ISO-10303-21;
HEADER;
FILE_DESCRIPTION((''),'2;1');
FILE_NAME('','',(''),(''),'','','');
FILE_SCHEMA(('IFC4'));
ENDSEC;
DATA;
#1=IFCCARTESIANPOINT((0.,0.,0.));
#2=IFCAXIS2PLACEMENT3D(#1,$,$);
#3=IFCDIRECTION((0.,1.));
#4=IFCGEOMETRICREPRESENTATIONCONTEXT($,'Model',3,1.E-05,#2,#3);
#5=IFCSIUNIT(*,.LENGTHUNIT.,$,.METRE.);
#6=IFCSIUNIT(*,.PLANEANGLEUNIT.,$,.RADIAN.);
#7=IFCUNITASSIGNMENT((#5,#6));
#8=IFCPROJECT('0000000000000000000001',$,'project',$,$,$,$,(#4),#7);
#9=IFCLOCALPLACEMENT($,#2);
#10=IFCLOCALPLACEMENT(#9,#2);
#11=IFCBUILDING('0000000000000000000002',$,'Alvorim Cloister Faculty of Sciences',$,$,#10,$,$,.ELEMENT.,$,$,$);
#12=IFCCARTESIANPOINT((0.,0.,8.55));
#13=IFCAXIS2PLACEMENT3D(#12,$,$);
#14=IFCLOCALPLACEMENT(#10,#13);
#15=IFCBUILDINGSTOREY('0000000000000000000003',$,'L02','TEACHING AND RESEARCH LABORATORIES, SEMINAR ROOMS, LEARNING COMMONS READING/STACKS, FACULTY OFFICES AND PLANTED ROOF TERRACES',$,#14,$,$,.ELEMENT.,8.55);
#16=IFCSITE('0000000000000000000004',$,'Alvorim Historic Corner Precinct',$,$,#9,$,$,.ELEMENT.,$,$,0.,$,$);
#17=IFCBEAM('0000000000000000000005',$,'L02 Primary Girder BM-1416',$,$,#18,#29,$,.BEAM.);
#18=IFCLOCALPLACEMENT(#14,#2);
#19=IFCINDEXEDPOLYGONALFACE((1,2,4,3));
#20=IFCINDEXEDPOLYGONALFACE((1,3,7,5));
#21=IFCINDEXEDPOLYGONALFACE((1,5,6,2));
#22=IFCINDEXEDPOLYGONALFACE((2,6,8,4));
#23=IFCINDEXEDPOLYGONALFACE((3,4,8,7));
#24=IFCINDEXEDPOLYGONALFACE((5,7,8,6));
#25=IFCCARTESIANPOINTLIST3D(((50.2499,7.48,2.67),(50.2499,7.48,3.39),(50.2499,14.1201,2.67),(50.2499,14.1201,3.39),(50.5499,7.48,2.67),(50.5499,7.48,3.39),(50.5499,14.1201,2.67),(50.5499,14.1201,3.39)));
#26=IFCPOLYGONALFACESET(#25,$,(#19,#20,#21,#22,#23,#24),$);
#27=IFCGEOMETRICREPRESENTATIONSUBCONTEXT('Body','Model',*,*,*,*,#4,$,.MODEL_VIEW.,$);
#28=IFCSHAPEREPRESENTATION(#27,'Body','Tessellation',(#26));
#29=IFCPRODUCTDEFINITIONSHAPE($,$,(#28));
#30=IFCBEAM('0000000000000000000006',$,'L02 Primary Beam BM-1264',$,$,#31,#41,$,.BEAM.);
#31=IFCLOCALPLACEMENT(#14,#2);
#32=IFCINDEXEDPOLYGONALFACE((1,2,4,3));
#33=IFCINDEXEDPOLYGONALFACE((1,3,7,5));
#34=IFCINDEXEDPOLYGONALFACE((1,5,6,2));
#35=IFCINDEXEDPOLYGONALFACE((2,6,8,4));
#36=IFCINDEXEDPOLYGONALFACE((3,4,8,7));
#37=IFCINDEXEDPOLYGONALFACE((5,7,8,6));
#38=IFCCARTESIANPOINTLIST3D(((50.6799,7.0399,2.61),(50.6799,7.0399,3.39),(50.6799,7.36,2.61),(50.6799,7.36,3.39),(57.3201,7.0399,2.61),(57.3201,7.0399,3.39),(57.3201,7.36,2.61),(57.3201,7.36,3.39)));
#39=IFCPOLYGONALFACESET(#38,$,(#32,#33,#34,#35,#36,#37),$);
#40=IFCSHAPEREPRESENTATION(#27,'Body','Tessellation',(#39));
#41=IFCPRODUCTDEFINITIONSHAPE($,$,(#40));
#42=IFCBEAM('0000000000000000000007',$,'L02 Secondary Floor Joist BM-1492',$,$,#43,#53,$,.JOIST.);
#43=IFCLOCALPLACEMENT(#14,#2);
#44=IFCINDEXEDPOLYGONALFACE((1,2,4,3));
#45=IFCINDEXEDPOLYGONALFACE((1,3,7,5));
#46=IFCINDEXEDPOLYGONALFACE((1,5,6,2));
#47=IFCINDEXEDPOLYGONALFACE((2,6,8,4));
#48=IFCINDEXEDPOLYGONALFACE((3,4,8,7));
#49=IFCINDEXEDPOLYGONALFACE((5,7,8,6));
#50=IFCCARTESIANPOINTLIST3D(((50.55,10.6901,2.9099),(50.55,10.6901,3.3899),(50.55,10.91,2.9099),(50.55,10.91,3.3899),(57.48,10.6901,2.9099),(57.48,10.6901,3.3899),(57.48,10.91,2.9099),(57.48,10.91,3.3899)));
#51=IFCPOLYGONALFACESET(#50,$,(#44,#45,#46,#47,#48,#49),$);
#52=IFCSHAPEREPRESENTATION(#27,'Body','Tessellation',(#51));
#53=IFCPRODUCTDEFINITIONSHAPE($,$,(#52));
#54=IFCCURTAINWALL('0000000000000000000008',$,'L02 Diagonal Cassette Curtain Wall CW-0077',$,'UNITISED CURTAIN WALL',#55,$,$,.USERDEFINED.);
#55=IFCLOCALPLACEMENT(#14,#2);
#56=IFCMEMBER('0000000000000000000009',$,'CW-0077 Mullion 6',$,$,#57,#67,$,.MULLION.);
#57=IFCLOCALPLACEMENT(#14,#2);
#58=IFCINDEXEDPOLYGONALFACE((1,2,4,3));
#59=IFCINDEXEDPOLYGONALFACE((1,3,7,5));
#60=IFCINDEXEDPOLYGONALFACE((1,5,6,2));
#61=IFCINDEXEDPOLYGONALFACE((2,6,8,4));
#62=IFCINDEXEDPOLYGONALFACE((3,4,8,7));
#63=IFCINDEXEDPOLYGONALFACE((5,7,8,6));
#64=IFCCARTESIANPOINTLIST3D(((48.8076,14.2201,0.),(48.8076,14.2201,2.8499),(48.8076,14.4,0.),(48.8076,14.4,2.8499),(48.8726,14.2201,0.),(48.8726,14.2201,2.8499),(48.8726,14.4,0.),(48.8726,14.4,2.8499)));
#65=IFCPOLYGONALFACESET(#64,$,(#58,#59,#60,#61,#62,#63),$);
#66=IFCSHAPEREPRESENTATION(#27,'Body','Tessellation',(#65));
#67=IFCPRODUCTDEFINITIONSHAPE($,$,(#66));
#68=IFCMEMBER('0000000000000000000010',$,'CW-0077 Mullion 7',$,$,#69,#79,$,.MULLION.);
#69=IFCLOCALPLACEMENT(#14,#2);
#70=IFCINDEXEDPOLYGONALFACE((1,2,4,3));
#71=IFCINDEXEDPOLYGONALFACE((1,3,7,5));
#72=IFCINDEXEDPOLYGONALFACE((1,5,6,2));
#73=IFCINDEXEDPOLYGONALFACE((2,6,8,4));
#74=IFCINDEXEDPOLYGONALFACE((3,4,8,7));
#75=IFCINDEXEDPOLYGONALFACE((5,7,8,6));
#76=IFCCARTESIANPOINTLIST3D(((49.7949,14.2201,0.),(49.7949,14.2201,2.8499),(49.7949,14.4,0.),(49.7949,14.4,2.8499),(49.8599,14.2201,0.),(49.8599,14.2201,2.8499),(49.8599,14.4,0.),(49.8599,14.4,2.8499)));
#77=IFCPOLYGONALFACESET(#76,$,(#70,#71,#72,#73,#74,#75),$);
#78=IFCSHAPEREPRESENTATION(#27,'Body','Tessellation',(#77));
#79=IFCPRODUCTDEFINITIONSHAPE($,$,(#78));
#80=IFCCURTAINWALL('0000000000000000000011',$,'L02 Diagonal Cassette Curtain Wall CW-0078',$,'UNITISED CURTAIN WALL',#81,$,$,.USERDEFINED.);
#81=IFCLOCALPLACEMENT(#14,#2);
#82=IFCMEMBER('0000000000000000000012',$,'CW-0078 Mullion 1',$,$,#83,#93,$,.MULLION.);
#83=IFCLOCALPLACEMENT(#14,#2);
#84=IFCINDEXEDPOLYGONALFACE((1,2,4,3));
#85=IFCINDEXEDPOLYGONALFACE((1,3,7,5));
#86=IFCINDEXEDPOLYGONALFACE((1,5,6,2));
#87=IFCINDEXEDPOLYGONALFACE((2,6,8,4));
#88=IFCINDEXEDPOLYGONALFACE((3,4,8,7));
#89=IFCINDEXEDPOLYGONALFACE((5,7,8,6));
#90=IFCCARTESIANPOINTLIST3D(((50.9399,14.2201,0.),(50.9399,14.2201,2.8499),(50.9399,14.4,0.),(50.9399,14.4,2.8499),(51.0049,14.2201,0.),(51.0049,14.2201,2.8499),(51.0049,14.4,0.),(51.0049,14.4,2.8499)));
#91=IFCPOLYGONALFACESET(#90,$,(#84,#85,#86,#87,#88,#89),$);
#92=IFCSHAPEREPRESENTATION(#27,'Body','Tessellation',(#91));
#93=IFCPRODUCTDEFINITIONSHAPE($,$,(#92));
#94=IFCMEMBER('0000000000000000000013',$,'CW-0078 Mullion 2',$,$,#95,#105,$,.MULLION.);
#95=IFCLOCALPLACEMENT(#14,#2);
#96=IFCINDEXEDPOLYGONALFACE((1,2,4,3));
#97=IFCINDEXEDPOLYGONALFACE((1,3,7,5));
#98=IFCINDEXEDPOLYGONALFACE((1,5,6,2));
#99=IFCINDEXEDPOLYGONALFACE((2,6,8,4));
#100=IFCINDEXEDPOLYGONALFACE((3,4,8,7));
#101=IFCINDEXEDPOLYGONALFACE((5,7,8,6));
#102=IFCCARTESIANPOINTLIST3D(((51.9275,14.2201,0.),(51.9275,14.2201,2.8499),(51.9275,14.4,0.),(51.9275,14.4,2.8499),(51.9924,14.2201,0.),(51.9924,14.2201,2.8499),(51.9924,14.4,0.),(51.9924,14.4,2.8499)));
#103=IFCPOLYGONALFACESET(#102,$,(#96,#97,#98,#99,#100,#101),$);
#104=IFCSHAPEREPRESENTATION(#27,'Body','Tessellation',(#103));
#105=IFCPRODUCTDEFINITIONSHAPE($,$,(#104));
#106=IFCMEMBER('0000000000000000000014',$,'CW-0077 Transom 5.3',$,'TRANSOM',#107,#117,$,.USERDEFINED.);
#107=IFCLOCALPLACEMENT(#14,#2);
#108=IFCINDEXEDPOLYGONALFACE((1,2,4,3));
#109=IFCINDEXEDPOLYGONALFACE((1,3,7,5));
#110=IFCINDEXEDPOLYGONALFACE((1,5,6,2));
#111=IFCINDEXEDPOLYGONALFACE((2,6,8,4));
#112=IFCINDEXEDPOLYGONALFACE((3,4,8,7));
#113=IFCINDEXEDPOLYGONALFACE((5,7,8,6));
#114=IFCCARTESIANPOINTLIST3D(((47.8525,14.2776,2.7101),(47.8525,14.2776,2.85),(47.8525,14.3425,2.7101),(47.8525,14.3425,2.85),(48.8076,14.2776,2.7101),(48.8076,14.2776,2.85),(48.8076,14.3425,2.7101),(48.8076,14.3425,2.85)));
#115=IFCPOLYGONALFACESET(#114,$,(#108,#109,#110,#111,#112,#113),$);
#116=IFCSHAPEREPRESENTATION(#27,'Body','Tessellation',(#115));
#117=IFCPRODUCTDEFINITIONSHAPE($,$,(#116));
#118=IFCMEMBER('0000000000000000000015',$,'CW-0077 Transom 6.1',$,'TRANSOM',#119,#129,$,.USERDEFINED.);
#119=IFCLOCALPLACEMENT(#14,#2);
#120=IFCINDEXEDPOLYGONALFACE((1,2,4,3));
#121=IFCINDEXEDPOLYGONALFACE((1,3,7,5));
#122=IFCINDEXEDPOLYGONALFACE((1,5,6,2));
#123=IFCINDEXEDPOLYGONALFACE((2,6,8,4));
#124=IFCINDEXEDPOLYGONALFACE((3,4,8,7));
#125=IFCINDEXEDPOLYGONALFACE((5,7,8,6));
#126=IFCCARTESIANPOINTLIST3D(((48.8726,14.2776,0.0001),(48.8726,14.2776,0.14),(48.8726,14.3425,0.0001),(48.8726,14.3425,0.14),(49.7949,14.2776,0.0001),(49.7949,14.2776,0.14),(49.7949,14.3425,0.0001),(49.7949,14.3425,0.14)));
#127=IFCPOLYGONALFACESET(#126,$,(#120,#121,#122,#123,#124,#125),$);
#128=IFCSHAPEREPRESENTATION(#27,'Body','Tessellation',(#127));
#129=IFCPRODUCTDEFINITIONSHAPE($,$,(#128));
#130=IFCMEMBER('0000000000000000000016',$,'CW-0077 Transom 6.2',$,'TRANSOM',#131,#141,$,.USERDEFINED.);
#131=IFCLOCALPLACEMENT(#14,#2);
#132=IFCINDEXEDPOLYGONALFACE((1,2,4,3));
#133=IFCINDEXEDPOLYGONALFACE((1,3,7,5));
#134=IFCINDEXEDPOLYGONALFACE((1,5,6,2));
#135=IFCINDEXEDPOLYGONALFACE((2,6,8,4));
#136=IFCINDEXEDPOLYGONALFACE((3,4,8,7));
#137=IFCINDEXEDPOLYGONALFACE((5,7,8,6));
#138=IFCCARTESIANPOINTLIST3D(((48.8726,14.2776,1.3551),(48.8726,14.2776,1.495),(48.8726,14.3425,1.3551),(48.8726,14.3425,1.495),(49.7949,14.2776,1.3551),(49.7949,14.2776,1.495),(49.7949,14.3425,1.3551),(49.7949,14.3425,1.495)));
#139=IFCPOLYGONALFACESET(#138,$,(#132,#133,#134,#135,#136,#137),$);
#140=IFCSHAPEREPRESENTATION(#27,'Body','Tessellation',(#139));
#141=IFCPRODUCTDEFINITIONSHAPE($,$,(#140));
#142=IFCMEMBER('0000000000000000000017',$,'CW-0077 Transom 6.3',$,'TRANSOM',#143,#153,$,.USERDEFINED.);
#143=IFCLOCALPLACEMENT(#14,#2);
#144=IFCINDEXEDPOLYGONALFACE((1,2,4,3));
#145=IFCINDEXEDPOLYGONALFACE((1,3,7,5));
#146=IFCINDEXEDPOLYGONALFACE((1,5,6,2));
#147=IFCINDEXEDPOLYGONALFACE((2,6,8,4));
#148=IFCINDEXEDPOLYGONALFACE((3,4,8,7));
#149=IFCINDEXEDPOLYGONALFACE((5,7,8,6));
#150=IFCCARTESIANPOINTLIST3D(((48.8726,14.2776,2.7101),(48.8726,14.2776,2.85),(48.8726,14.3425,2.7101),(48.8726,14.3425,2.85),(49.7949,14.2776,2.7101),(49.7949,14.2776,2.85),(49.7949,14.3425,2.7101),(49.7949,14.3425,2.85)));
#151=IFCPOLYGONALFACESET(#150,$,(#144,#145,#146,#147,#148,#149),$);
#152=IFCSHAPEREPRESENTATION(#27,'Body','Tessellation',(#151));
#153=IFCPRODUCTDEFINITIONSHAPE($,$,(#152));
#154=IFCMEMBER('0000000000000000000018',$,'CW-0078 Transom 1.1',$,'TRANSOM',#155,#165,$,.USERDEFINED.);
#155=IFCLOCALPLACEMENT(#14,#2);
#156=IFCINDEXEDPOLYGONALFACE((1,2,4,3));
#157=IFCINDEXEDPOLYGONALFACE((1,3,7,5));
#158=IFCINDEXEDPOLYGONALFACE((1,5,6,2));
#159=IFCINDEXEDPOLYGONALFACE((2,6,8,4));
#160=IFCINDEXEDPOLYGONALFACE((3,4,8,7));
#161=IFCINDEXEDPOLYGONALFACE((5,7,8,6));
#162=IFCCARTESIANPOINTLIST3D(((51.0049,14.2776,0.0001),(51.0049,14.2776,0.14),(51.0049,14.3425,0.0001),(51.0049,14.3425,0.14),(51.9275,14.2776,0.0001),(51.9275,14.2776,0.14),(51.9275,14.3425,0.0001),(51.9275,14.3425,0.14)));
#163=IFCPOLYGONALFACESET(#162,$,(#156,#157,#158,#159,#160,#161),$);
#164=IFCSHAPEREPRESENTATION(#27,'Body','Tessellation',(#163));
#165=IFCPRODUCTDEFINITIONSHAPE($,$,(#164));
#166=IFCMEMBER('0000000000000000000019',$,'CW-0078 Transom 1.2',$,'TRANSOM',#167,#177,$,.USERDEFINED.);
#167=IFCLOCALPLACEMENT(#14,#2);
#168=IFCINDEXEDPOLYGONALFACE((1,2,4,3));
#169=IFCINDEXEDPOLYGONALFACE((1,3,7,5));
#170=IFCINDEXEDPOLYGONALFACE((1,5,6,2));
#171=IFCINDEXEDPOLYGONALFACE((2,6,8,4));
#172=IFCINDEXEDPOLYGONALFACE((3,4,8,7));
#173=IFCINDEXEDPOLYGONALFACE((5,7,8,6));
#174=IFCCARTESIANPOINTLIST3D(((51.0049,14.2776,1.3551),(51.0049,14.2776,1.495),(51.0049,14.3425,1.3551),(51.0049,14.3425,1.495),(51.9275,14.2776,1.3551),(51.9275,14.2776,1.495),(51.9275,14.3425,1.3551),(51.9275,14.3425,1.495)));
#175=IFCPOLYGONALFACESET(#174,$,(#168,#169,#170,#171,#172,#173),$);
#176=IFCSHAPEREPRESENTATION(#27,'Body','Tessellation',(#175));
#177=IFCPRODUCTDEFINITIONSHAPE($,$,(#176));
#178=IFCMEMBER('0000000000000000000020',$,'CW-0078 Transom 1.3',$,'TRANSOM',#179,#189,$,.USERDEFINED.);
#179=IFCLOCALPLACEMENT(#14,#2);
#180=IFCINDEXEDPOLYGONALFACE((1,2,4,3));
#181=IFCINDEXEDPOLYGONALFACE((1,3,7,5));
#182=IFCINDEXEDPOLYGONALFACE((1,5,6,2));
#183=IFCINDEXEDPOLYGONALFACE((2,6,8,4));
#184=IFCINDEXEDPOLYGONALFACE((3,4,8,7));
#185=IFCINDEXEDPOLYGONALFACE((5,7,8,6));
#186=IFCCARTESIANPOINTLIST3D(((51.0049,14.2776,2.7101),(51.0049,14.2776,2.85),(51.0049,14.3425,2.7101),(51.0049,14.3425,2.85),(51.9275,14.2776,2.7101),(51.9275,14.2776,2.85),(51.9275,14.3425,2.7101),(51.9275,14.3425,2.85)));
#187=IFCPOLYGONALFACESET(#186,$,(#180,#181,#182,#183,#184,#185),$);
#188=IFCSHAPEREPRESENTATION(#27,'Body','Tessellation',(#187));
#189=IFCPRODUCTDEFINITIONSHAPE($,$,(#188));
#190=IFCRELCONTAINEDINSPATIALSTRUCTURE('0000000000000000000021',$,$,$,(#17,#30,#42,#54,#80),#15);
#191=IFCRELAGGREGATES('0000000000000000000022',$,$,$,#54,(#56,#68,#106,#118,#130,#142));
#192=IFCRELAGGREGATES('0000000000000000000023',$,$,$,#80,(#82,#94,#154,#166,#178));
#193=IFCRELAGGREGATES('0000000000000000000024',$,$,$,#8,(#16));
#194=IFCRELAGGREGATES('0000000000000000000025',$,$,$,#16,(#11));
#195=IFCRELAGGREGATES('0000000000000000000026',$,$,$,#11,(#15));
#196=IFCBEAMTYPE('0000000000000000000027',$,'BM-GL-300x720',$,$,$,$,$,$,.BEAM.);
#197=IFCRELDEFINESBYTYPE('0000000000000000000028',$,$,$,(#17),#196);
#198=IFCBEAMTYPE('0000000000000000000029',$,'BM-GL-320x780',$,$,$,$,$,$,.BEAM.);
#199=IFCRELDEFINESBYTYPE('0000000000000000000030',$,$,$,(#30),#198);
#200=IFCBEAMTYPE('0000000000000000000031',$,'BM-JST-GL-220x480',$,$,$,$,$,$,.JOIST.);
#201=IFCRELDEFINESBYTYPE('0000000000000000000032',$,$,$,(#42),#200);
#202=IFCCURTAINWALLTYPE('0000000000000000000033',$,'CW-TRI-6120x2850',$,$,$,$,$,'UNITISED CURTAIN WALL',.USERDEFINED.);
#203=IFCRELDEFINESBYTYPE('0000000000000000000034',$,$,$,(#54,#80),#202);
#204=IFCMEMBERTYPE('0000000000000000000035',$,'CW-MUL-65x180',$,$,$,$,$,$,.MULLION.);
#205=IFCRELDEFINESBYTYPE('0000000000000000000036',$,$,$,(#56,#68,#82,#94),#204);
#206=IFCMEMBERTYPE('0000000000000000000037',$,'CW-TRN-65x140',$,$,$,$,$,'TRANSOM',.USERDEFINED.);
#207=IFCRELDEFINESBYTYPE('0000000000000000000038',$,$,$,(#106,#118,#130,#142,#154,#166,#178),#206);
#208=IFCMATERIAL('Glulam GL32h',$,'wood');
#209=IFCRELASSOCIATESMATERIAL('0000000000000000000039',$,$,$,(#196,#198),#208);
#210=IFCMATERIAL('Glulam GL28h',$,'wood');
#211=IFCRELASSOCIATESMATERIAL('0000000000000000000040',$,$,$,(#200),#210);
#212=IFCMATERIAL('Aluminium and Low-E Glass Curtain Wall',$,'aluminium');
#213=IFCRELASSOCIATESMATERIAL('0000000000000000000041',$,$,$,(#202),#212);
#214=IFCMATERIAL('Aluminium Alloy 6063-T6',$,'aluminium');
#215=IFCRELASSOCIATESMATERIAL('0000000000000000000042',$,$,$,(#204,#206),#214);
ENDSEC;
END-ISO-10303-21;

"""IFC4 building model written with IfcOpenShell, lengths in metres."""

from ifc_helpers import new_model, si_unit, direction, frame, origin, origin_2d, place, context, subcontext, project, spatial, rectangle, extrude, material, material_profile, profile_set, type_object, element, aggregate, save


model = new_model("IFC4")

# Units and contexts
model_context = context("Model", 3, precision=1e-05, world=origin(), true_north=direction((0.0, 1.0)))
body_context = subcontext(model_context, "Body", "Model", "MODEL_VIEW")
ifc_project = project(units=[si_unit("LENGTHUNIT", "METRE"), si_unit("PLANEANGLEUNIT", "RADIAN")], contexts=[model_context])

# Site, building, storey
site_placement = place(None, origin())
site = spatial("IfcSite", under=ifc_project, at=site_placement, Name="Alvorim Historic Corner Precinct", CompositionType="ELEMENT", RefElevation=0.0)
building_placement = place(site_placement, origin())
building = spatial("IfcBuilding", under=site, at=building_placement, Name="Alvorim Cloister Faculty of Sciences", CompositionType="ELEMENT")
storey_placement = place(building_placement, frame((0.0, 0.0, 8.55)))
storey = spatial("IfcBuildingStorey", under=building, at=storey_placement, Name="L02", Description="TEACHING AND RESEARCH LABORATORIES, SEMINAR ROOMS, LEARNING COMMONS READING/STACKS, FACULTY OFFICES AND PLANTED ROOF TERRACES", CompositionType="ELEMENT", Elevation=8.55)

# Beams
ifc_material_1 = material(Name="Glulam GL32h", Category="wood")
ifc_material_profile_1 = material_profile(ifc_material_1, rectangle(XDim=0.3, YDim=0.72, at=origin_2d()), Name="GL32-BM-300x720")
ifc_profile_set_1 = profile_set([ifc_material_profile_1], Name="Glulam GL32h")
beam_type_1 = type_object("IfcBeamType", Name="BM-GL-300x720", PredefinedType="BEAM", material=ifc_profile_set_1)
beam_1_placement = place(storey_placement, frame((50.3999, 7.48, 3.03), z_axis=(0.0, 1.0, 0.0), x_axis=(-1.0, 0.0, 0.0)))
element("IfcBeam", 1, at=beam_1_placement, inside=storey, type_object=beam_type_1, Name="L02 Primary Girder BM-1416", PredefinedType="BEAM", context=body_context, shape_type="SweptSolid", body=[
    extrude(rectangle(XDim=0.3, YDim=0.72, at=origin_2d()), origin(), (0.0, 0.0, 1.0), 6.6401),
])
ifc_material_profile_2 = material_profile(ifc_material_1, rectangle(XDim=0.3201, YDim=0.78, at=origin_2d()), Name="GL32-BM-320x780")
ifc_profile_set_2 = profile_set([ifc_material_profile_2], Name="Glulam GL32h")
beam_type_2 = type_object("IfcBeamType", Name="BM-GL-320x780", PredefinedType="BEAM", material=ifc_profile_set_2)
beam_2_placement = place(storey_placement, frame((50.6799, 7.2, 3.0), z_axis=(1.0, 0.0, 0.0), x_axis=(0.0, 1.0, 0.0)))
element("IfcBeam", 2, at=beam_2_placement, inside=storey, type_object=beam_type_2, Name="L02 Primary Beam BM-1264", PredefinedType="BEAM", context=body_context, shape_type="SweptSolid", body=[
    extrude(rectangle(XDim=0.3201, YDim=0.78, at=origin_2d()), origin(), (0.0, 0.0, 1.0), 6.6401),
])
ifc_material_2 = material(Name="Glulam GL28h", Category="wood")
ifc_material_profile_3 = material_profile(ifc_material_2, rectangle(XDim=0.22, YDim=0.48, at=origin_2d()), Name="GL28-JST-220x480")
ifc_profile_set_3 = profile_set([ifc_material_profile_3], Name="Glulam GL28h")
beam_type_3 = type_object("IfcBeamType", Name="BM-JST-GL-220x480", PredefinedType="JOIST", material=ifc_profile_set_3)
beam_3_placement = place(storey_placement, frame((50.55, 10.8, 3.1499), z_axis=(1.0, 0.0, 0.0), x_axis=(0.0, 1.0, 0.0)))
element("IfcBeam", 3, at=beam_3_placement, inside=storey, type_object=beam_type_3, Name="L02 Secondary Floor Joist BM-1492", PredefinedType="JOIST", context=body_context, shape_type="SweptSolid", body=[
    extrude(rectangle(XDim=0.22, YDim=0.48, at=origin_2d()), origin(), (0.0, 0.0, 1.0), 6.9299),
])

# Curtain walls, members
ifc_material_3 = material(Name="Aluminium and Low-E Glass Curtain Wall", Category="aluminium")
curtain_wall_type = type_object("IfcCurtainWallType", Name="CW-TRI-6120x2850", ElementType="UNITISED CURTAIN WALL", PredefinedType="USERDEFINED", material=ifc_material_3)
curtain_wall_1_placement = place(storey_placement, origin())
curtain_wall_1 = element("IfcCurtainWall", 4, at=curtain_wall_1_placement, inside=storey, type_object=curtain_wall_type, Name="L02 Diagonal Cassette Curtain Wall CW-0077", ObjectType="UNITISED CURTAIN WALL", PredefinedType="USERDEFINED")
ifc_material_4 = material(Name="Aluminium Alloy 6063-T6", Category="aluminium")
ifc_material_profile_4 = material_profile(ifc_material_4, rectangle(XDim=0.0649, YDim=0.1799, at=origin_2d()), Name="ALU-MUL-65x180")
ifc_profile_set_4 = profile_set([ifc_material_profile_4], Name="Aluminium Alloy 6063-T6")
member_type_1 = type_object("IfcMemberType", Name="CW-MUL-65x180", PredefinedType="MULLION", material=ifc_profile_set_4)
member_1_placement = place(storey_placement, frame((48.8401, 14.3101, 0.0), z_axis=(0.0, 0.0, 1.0), x_axis=(1.0, 0.0, 0.0)))
member_1 = element("IfcMember", 5, at=member_1_placement, type_object=member_type_1, Name="CW-0077 Mullion 6", PredefinedType="MULLION", context=body_context, shape_type="SweptSolid", body=[
    extrude(rectangle(XDim=0.0649, YDim=0.1799, at=origin_2d()), origin(), (0.0, 0.0, 1.0), 2.8499),
])
member_2_placement = place(storey_placement, frame((49.8274, 14.3101, 0.0), z_axis=(0.0, 0.0, 1.0), x_axis=(1.0, 0.0, 0.0)))
member_2 = element("IfcMember", 6, at=member_2_placement, type_object=member_type_1, Name="CW-0077 Mullion 7", PredefinedType="MULLION", context=body_context, shape_type="SweptSolid", body=[
    extrude(rectangle(XDim=0.0649, YDim=0.1799, at=origin_2d()), origin(), (0.0, 0.0, 1.0), 2.8499),
])
curtain_wall_2_placement = place(storey_placement, origin())
curtain_wall_2 = element("IfcCurtainWall", 7, at=curtain_wall_2_placement, inside=storey, type_object=curtain_wall_type, Name="L02 Diagonal Cassette Curtain Wall CW-0078", ObjectType="UNITISED CURTAIN WALL", PredefinedType="USERDEFINED")
member_3_placement = place(storey_placement, frame((50.9724, 14.3101, 0.0), z_axis=(0.0, 0.0, 1.0), x_axis=(1.0, 0.0, 0.0)))
member_3 = element("IfcMember", 8, at=member_3_placement, type_object=member_type_1, Name="CW-0078 Mullion 1", PredefinedType="MULLION", context=body_context, shape_type="SweptSolid", body=[
    extrude(rectangle(XDim=0.0649, YDim=0.1799, at=origin_2d()), origin(), (0.0, 0.0, 1.0), 2.8499),
])
member_4_placement = place(storey_placement, frame((51.96, 14.3101, 0.0), z_axis=(0.0, 0.0, 1.0), x_axis=(1.0, 0.0, 0.0)))
member_4 = element("IfcMember", 9, at=member_4_placement, type_object=member_type_1, Name="CW-0078 Mullion 2", PredefinedType="MULLION", context=body_context, shape_type="SweptSolid", body=[
    extrude(rectangle(XDim=0.0649, YDim=0.1799, at=origin_2d()), origin(), (0.0, 0.0, 1.0), 2.8499),
])

# Members
ifc_material_profile_5 = material_profile(ifc_material_4, rectangle(XDim=0.0649, YDim=0.1399, at=origin_2d()), Name="ALU-TRN-65x140")
ifc_profile_set_5 = profile_set([ifc_material_profile_5], Name="Aluminium Alloy 6063-T6")
member_type_2 = type_object("IfcMemberType", Name="CW-TRN-65x140", ElementType="TRANSOM", PredefinedType="USERDEFINED", material=ifc_profile_set_5)
member_5_placement = place(storey_placement, frame((47.8525, 14.3101, 2.78), z_axis=(1.0, 0.0, 0.0), x_axis=(0.0, 1.0, 0.0)))
member_5 = element("IfcMember", 10, at=member_5_placement, type_object=member_type_2, Name="CW-0077 Transom 5.3", ObjectType="TRANSOM", PredefinedType="USERDEFINED", context=body_context, shape_type="SweptSolid", body=[
    extrude(rectangle(XDim=0.0649, YDim=0.1399, at=origin_2d()), origin(), (0.0, 0.0, 1.0), 0.9551),
])
member_6_placement = place(storey_placement, frame((48.8726, 14.3101, 0.0701), z_axis=(1.0, 0.0, 0.0), x_axis=(0.0, 1.0, 0.0)))
member_6 = element("IfcMember", 11, at=member_6_placement, type_object=member_type_2, Name="CW-0077 Transom 6.1", ObjectType="TRANSOM", PredefinedType="USERDEFINED", context=body_context, shape_type="SweptSolid", body=[
    extrude(rectangle(XDim=0.0649, YDim=0.1399, at=origin_2d()), origin(), (0.0, 0.0, 1.0), 0.9224),
])
member_7_placement = place(storey_placement, frame((48.8726, 14.3101, 1.425), z_axis=(1.0, 0.0, 0.0), x_axis=(0.0, 1.0, 0.0)))
member_7 = element("IfcMember", 12, at=member_7_placement, type_object=member_type_2, Name="CW-0077 Transom 6.2", ObjectType="TRANSOM", PredefinedType="USERDEFINED", context=body_context, shape_type="SweptSolid", body=[
    extrude(rectangle(XDim=0.0649, YDim=0.1399, at=origin_2d()), origin(), (0.0, 0.0, 1.0), 0.9224),
])
member_8_placement = place(storey_placement, frame((48.8726, 14.3101, 2.78), z_axis=(1.0, 0.0, 0.0), x_axis=(0.0, 1.0, 0.0)))
member_8 = element("IfcMember", 13, at=member_8_placement, type_object=member_type_2, Name="CW-0077 Transom 6.3", ObjectType="TRANSOM", PredefinedType="USERDEFINED", context=body_context, shape_type="SweptSolid", body=[
    extrude(rectangle(XDim=0.0649, YDim=0.1399, at=origin_2d()), origin(), (0.0, 0.0, 1.0), 0.9224),
])
aggregate(curtain_wall_1, [member_1, member_2, member_5, member_6, member_7, member_8])
member_9_placement = place(storey_placement, frame((51.0049, 14.3101, 0.0701), z_axis=(1.0, 0.0, 0.0), x_axis=(0.0, 1.0, 0.0)))
member_9 = element("IfcMember", 14, at=member_9_placement, type_object=member_type_2, Name="CW-0078 Transom 1.1", ObjectType="TRANSOM", PredefinedType="USERDEFINED", context=body_context, shape_type="SweptSolid", body=[
    extrude(rectangle(XDim=0.0649, YDim=0.1399, at=origin_2d()), origin(), (0.0, 0.0, 1.0), 0.9226),
])
member_10_placement = place(storey_placement, frame((51.0049, 14.3101, 1.425), z_axis=(1.0, 0.0, 0.0), x_axis=(0.0, 1.0, 0.0)))
member_10 = element("IfcMember", 15, at=member_10_placement, type_object=member_type_2, Name="CW-0078 Transom 1.2", ObjectType="TRANSOM", PredefinedType="USERDEFINED", context=body_context, shape_type="SweptSolid", body=[
    extrude(rectangle(XDim=0.0649, YDim=0.1399, at=origin_2d()), origin(), (0.0, 0.0, 1.0), 0.9226),
])
member_11_placement = place(storey_placement, frame((51.0049, 14.3101, 2.78), z_axis=(1.0, 0.0, 0.0), x_axis=(0.0, 1.0, 0.0)))
member_11 = element("IfcMember", 16, at=member_11_placement, type_object=member_type_2, Name="CW-0078 Transom 1.3", ObjectType="TRANSOM", PredefinedType="USERDEFINED", context=body_context, shape_type="SweptSolid", body=[
    extrude(rectangle(XDim=0.0649, YDim=0.1399, at=origin_2d()), origin(), (0.0, 0.0, 1.0), 0.9226),
])
aggregate(curtain_wall_2, [member_3, member_4, member_9, member_10, member_11])

save(model, "model.ifc")
